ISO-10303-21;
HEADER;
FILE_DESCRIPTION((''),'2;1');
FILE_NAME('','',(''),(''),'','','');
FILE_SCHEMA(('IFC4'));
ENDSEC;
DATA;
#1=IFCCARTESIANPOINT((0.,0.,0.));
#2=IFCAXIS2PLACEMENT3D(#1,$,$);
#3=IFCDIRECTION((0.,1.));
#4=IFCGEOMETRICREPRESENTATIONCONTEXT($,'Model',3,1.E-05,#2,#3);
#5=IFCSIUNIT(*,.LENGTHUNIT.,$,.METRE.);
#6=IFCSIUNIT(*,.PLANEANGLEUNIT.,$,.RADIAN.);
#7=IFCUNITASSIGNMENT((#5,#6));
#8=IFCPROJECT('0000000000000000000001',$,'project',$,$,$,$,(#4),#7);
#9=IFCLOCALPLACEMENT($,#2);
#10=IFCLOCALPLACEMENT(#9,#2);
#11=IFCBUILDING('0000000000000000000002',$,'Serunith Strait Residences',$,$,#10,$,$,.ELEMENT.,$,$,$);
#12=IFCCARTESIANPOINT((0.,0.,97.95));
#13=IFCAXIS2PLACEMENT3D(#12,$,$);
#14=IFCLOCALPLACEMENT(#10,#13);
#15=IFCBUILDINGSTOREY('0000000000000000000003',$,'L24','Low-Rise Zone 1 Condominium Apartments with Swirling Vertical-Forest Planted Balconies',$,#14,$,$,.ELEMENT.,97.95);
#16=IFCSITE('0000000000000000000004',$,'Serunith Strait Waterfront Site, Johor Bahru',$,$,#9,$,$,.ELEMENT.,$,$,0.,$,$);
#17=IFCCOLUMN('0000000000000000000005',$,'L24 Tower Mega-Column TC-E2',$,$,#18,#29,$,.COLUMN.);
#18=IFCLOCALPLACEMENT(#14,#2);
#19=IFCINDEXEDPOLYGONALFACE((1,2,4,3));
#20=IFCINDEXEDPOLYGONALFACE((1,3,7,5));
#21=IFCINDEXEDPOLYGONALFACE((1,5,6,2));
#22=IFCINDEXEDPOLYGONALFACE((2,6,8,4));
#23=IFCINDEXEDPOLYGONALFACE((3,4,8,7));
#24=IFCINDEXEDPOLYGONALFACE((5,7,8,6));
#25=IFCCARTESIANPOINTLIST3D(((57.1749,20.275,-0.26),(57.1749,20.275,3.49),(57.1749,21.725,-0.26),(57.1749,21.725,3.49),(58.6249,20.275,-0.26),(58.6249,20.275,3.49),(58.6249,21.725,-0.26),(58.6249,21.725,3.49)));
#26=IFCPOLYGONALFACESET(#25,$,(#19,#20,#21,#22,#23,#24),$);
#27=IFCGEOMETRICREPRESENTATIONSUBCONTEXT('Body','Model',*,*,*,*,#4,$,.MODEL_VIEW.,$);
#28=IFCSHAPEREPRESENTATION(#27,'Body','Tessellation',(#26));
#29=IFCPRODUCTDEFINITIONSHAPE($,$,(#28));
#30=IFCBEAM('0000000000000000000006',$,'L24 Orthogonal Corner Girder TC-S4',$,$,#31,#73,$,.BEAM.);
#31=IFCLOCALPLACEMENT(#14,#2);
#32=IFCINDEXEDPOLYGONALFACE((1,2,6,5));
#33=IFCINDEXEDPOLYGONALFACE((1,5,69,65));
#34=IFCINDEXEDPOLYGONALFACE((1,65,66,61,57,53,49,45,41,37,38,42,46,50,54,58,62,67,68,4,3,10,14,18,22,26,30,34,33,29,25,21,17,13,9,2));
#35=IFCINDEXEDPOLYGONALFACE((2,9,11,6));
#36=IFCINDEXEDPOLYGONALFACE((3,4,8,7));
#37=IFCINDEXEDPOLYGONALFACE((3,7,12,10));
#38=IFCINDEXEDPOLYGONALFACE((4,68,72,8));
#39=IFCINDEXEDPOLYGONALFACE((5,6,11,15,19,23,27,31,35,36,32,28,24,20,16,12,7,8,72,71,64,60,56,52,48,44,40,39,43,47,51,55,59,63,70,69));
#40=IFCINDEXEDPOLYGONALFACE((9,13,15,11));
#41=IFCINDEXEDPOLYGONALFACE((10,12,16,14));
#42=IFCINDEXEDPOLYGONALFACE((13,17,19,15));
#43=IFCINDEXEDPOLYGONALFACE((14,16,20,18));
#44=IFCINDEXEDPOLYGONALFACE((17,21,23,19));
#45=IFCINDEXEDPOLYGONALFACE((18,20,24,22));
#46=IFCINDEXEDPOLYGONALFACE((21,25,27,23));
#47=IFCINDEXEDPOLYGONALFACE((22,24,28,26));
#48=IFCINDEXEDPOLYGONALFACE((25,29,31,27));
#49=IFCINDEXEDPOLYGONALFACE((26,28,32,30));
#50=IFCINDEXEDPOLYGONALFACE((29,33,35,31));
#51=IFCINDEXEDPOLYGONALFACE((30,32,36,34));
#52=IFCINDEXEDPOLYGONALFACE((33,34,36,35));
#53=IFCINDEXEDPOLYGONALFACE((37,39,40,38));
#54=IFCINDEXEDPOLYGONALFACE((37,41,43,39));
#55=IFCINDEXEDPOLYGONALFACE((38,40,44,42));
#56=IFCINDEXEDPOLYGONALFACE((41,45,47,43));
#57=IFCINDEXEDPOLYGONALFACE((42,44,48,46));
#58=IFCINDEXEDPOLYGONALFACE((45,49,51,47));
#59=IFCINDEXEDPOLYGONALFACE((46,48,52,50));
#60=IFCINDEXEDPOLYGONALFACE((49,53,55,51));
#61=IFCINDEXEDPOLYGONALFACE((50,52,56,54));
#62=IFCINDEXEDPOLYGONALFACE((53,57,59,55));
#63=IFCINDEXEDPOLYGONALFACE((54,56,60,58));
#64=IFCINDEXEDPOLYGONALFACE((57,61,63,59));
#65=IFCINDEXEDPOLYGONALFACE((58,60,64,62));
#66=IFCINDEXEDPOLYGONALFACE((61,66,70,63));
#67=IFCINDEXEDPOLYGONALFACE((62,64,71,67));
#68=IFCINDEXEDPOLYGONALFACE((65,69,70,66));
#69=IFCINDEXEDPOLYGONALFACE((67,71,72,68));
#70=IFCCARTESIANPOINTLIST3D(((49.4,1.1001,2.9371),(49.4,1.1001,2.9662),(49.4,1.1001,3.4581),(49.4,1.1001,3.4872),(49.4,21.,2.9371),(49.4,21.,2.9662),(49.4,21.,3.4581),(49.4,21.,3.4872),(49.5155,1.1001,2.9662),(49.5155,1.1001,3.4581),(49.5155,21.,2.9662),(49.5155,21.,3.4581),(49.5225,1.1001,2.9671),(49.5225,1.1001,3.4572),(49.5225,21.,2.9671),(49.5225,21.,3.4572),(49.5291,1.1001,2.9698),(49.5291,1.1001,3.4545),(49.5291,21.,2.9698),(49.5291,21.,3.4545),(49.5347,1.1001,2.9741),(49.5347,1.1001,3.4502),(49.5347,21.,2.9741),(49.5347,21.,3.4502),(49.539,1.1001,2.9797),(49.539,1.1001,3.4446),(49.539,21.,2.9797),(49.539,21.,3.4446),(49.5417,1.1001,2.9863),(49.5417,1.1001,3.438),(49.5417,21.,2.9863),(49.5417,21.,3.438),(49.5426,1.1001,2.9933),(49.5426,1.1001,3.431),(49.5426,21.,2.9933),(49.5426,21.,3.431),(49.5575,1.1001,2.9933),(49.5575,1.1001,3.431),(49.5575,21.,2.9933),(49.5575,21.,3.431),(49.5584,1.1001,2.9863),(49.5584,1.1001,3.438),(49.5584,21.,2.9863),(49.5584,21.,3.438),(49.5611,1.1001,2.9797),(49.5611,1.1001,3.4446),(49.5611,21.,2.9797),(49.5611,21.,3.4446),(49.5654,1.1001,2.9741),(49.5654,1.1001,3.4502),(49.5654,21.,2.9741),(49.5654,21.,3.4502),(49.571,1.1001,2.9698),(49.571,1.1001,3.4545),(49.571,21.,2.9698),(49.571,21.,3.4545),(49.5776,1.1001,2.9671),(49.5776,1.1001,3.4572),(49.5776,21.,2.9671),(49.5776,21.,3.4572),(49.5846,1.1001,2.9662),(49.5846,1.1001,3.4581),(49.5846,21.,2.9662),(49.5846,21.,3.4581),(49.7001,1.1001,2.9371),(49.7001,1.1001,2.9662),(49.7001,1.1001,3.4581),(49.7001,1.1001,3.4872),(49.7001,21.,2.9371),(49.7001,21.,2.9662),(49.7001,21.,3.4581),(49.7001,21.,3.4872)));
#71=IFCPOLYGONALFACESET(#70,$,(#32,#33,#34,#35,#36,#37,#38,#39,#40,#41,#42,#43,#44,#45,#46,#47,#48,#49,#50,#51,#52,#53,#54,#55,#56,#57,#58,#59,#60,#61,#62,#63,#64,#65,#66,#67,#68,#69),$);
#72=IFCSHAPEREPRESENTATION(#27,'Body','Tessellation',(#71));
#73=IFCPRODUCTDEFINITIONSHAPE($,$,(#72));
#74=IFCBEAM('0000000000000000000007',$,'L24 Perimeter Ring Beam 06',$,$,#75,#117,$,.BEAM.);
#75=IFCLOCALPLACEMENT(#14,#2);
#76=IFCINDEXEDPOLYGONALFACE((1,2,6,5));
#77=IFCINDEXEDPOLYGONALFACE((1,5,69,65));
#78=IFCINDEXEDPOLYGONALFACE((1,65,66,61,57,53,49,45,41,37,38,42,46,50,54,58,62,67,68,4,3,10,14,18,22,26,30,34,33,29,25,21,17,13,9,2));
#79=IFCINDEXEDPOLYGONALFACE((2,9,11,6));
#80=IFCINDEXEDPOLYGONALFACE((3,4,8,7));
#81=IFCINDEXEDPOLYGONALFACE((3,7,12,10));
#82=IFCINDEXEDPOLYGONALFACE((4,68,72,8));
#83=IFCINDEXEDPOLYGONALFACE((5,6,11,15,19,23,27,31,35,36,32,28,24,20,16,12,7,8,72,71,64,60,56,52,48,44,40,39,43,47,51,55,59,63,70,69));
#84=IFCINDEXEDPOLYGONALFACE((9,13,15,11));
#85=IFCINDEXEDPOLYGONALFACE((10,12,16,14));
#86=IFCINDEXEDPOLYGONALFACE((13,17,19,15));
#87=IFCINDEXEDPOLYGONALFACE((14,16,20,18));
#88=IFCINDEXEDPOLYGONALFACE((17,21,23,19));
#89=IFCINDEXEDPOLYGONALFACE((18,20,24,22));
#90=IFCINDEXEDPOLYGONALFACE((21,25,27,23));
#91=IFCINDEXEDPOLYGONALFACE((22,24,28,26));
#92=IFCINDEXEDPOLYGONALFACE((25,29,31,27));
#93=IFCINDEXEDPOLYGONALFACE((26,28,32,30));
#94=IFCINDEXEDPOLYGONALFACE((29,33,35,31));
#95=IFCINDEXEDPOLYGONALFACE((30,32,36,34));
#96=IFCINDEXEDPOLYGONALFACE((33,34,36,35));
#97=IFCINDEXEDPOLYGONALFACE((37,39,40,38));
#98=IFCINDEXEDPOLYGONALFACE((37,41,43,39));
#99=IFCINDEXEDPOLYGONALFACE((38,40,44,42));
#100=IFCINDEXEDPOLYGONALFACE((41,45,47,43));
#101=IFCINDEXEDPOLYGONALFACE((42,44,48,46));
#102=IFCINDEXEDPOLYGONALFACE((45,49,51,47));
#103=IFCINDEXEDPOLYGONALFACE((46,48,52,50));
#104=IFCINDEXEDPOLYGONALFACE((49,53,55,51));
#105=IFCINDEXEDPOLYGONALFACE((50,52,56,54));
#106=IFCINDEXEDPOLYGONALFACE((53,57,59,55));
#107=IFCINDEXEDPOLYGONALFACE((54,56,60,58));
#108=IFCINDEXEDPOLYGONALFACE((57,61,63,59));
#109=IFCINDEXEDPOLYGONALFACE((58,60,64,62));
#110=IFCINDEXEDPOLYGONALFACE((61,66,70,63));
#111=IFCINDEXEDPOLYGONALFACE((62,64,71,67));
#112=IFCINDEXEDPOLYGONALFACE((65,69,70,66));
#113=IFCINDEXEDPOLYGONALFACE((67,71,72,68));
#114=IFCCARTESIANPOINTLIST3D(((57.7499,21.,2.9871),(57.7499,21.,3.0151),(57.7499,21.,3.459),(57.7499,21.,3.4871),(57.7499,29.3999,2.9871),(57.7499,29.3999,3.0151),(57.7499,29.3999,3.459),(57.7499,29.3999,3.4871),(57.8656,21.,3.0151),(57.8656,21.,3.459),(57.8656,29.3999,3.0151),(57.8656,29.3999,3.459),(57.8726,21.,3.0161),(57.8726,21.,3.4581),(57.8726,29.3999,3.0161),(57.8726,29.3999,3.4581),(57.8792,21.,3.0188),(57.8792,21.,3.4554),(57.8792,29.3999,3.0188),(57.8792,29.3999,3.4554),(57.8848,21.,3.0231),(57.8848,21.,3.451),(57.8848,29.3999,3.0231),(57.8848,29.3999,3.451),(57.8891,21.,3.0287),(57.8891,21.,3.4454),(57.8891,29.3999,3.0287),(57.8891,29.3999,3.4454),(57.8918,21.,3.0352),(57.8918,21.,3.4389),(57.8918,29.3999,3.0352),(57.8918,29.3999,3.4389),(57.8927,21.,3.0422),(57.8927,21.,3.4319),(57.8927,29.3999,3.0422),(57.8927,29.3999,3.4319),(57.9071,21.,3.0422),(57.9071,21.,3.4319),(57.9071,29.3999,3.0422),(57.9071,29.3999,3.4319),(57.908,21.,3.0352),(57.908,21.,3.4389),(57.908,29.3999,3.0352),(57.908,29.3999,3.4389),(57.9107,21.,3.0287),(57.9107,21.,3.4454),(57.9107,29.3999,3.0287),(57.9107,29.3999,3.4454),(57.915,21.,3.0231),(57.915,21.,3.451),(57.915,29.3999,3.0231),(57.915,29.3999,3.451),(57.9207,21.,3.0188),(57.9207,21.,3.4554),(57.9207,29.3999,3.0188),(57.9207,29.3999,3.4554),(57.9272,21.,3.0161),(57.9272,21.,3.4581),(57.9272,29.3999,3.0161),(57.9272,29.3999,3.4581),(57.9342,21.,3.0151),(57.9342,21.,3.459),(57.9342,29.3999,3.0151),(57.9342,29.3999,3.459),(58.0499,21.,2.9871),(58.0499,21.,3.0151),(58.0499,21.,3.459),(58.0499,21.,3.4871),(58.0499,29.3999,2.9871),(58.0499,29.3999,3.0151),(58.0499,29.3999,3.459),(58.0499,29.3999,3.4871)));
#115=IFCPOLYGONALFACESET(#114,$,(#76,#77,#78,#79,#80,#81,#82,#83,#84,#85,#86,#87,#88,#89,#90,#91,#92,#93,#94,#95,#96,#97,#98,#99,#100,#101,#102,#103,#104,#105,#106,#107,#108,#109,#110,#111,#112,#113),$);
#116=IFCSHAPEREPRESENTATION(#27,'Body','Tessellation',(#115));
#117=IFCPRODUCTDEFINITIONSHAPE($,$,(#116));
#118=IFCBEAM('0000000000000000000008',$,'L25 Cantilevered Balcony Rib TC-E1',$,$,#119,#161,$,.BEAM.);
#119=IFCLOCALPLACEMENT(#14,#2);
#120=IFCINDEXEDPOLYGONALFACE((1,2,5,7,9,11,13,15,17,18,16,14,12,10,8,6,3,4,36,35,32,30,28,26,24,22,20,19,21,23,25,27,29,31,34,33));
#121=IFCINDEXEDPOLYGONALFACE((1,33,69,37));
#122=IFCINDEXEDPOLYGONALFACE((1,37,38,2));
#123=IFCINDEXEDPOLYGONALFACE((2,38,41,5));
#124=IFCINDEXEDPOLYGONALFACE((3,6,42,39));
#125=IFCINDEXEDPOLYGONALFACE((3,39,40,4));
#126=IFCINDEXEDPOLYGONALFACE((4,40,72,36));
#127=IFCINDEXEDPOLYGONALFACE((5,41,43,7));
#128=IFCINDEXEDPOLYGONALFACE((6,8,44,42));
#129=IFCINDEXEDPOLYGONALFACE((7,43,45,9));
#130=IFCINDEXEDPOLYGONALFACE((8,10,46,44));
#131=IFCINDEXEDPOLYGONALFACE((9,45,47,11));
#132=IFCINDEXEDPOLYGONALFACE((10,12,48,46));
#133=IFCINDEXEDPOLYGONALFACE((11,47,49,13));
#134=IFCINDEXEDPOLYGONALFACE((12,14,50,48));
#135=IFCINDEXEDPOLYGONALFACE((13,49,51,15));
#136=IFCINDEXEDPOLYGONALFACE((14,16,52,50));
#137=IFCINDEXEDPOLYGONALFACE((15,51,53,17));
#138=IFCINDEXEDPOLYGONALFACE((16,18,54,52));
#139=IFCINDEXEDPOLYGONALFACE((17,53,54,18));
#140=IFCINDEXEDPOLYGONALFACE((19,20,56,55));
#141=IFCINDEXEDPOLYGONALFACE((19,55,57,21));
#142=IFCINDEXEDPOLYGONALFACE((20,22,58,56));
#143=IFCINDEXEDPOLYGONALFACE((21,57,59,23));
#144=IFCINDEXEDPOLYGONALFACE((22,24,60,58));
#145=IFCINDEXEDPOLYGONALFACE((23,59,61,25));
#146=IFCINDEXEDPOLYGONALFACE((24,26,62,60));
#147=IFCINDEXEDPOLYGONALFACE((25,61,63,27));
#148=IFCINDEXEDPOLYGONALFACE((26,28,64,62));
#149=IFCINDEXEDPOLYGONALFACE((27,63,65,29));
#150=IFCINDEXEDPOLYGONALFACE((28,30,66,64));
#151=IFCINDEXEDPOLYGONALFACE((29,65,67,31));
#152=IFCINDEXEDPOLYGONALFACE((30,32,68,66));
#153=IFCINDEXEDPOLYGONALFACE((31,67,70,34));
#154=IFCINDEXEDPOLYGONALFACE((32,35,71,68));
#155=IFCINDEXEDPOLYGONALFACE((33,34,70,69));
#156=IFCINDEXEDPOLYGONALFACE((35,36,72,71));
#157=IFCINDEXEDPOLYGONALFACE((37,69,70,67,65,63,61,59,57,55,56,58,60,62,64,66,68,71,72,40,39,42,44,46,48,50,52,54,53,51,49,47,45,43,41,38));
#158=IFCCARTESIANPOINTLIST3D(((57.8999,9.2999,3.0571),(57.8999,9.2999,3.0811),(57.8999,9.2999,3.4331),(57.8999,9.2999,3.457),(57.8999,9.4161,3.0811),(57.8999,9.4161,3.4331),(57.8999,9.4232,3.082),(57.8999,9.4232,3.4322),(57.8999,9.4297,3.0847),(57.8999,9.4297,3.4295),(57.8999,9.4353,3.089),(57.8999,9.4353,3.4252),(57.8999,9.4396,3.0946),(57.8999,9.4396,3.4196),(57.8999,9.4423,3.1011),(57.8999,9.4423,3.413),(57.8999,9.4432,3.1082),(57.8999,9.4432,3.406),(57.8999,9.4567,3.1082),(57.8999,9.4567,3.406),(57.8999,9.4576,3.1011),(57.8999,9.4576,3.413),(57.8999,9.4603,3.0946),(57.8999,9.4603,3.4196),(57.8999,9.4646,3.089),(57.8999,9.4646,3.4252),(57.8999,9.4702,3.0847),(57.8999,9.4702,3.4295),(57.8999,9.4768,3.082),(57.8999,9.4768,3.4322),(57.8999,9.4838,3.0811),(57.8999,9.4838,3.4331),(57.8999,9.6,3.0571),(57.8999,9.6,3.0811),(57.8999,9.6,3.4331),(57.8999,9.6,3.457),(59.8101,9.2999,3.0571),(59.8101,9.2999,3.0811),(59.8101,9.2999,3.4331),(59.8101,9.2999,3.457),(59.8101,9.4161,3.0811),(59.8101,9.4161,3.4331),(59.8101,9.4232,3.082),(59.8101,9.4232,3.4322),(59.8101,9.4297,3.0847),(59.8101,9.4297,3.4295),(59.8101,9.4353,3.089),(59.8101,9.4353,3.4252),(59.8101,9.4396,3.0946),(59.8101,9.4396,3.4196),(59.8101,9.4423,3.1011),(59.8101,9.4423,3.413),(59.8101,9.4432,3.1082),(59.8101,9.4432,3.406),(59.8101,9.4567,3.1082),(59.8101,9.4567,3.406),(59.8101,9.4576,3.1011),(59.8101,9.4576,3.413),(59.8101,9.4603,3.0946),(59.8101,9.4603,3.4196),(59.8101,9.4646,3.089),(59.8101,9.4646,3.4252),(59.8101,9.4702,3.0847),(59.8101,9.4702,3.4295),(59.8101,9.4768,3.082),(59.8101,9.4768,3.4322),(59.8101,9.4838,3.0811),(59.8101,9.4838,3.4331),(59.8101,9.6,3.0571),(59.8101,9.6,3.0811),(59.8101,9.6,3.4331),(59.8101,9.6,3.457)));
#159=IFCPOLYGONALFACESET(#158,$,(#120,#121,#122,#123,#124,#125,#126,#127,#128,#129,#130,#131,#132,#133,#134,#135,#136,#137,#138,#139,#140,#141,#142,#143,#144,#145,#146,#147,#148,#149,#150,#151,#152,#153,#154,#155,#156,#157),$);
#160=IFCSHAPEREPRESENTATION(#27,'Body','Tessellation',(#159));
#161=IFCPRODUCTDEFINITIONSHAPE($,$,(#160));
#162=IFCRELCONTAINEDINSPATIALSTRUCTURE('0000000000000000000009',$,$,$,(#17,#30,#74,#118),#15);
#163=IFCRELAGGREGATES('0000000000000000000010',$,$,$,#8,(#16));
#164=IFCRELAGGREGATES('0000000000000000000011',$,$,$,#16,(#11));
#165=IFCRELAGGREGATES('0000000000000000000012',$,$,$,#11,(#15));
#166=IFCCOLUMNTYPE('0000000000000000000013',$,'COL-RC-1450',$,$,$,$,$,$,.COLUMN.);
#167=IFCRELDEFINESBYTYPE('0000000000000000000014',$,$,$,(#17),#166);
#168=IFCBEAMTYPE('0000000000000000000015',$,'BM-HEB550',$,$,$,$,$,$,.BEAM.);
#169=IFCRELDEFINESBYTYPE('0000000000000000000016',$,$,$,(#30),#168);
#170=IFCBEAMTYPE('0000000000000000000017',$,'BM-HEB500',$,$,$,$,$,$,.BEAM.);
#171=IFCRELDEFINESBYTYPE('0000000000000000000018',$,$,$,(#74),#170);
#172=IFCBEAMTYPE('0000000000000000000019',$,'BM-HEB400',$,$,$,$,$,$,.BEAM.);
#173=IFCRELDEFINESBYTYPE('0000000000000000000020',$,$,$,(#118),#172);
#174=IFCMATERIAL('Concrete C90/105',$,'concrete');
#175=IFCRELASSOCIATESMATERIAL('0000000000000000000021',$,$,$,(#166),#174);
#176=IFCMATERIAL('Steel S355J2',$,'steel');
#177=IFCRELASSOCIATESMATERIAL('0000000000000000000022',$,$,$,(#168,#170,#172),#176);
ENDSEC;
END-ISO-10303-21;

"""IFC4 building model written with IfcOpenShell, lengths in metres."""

from ifc_helpers import new_model, si_unit, direction, frame, origin, origin_2d, place, context, subcontext, project, spatial, rectangle, i_section, extrude, source, transform, mapped, material, material_profile, profile_set, type_object, element, save


model = new_model("IFC4")

# Units and contexts
model_context = context("Model", 3, precision=1e-05, world=origin(), true_north=direction((0.0, 1.0)))
body_context = subcontext(model_context, "Body", "Model", "MODEL_VIEW")
ifc_project = project(units=[si_unit("LENGTHUNIT", "METRE"), si_unit("PLANEANGLEUNIT", "RADIAN")], contexts=[model_context])

# Site, building, storey
site_placement = place(None, origin())
site = spatial("IfcSite", under=ifc_project, at=site_placement, Name="Serunith Strait Waterfront Site, Johor Bahru", CompositionType="ELEMENT", RefElevation=0.0)
building_placement = place(site_placement, origin())
building = spatial("IfcBuilding", under=site, at=building_placement, Name="Serunith Strait Residences", CompositionType="ELEMENT")
storey_placement = place(building_placement, frame((0.0, 0.0, 97.95)))
storey = spatial("IfcBuildingStorey", under=building, at=storey_placement, Name="L24", Description="Low-Rise Zone 1 Condominium Apartments with Swirling Vertical-Forest Planted Balconies", CompositionType="ELEMENT", Elevation=97.95)

# Column
ifc_material_1 = material(Name="Concrete C90/105", Category="concrete")
ifc_material_profile_1 = material_profile(ifc_material_1, rectangle(XDim=1.45, YDim=1.45, at=origin_2d()), Name="RC 1450x1450")
ifc_profile_set_1 = profile_set([ifc_material_profile_1], Name="Concrete C90/105")
column_type = type_object("IfcColumnType", Name="COL-RC-1450", PredefinedType="COLUMN", material=ifc_profile_set_1)
shared_shape_1 = source(origin(), body_context, "Body", "SweptSolid", [
    extrude(rectangle(XDim=1.45, YDim=1.45, at=origin_2d()), origin(), (0.0, 0.0, 1.0), 3.75),
])
column_placement = place(storey_placement, frame((57.8999, 21.0, -0.26), z_axis=(0.0, 0.0, 1.0), x_axis=(1.0, 0.0, 0.0)))
element("IfcColumn", 1, at=column_placement, inside=storey, type_object=column_type, Name="L24 Tower Mega-Column TC-E2", PredefinedType="COLUMN", context=body_context, shape_type="MappedRepresentation", body=[
    mapped(shared_shape_1, transform((0.0, 0.0, 0.0), scale=1.0)),
])

# Beams
ifc_material_2 = material(Name="Steel S355J2", Category="steel")
ifc_material_profile_2 = material_profile(ifc_material_2, i_section(OverallWidth=0.3, OverallDepth=0.55, WebThickness=0.0149, FlangeThickness=0.0291, FilletRadius=0.0271, at=origin_2d()), Name="HEB 550")
ifc_profile_set_2 = profile_set([ifc_material_profile_2], Name="Steel S355J2")
beam_type_1 = type_object("IfcBeamType", Name="BM-HEB550", PredefinedType="BEAM", material=ifc_profile_set_2)
shared_shape_2 = source(origin(), body_context, "Body", "SweptSolid", [
    extrude(i_section(OverallWidth=0.3, OverallDepth=0.55, WebThickness=0.0149, FlangeThickness=0.0291, FilletRadius=0.0271, at=origin_2d()), origin(), (0.0, 0.0, 1.0), 19.8999),
])
beam_1_placement = place(storey_placement, frame((49.55, 21.0, 3.2122), z_axis=(0.0, -1.0, 0.0), x_axis=(1.0, 0.0, 0.0)))
element("IfcBeam", 2, at=beam_1_placement, inside=storey, type_object=beam_type_1, Name="L24 Orthogonal Corner Girder TC-S4", PredefinedType="BEAM", context=body_context, shape_type="MappedRepresentation", body=[
    mapped(shared_shape_2, transform((0.0, 0.0, 0.0), scale=1.0)),
])
ifc_material_profile_3 = material_profile(ifc_material_2, i_section(OverallWidth=0.3, OverallDepth=0.5, WebThickness=0.0144, FlangeThickness=0.0281, FilletRadius=0.0271, at=origin_2d()), Name="HEB 500")
ifc_profile_set_3 = profile_set([ifc_material_profile_3], Name="Steel S355J2")
beam_type_2 = type_object("IfcBeamType", Name="BM-HEB500", PredefinedType="BEAM", material=ifc_profile_set_3)
shared_shape_3 = source(origin(), body_context, "Body", "SweptSolid", [
    extrude(i_section(OverallWidth=0.3, OverallDepth=0.5, WebThickness=0.0144, FlangeThickness=0.0281, FilletRadius=0.0271, at=origin_2d()), origin(), (0.0, 0.0, 1.0), 8.3999),
])
beam_2_placement = place(storey_placement, frame((57.8999, 21.0, 3.2371), z_axis=(0.0, 1.0, 0.0), x_axis=(-1.0, 0.0, 0.0)))
element("IfcBeam", 3, at=beam_2_placement, inside=storey, type_object=beam_type_2, Name="L24 Perimeter Ring Beam 06", PredefinedType="BEAM", context=body_context, shape_type="MappedRepresentation", body=[
    mapped(shared_shape_3, transform((0.0, 0.0, 0.0), scale=1.0)),
])
ifc_material_profile_4 = material_profile(ifc_material_2, i_section(OverallWidth=0.3, OverallDepth=0.3999, WebThickness=0.0134, FlangeThickness=0.0239, FilletRadius=0.0271, at=origin_2d()), Name="HEB 400")
ifc_profile_set_4 = profile_set([ifc_material_profile_4], Name="Steel S355J2")
beam_type_3 = type_object("IfcBeamType", Name="BM-HEB400", PredefinedType="BEAM", material=ifc_profile_set_4)
shared_shape_4 = source(origin(), body_context, "Body", "SweptSolid", [
    extrude(i_section(OverallWidth=0.3, OverallDepth=0.3999, WebThickness=0.0134, FlangeThickness=0.0239, FilletRadius=0.0271, at=origin_2d()), origin(), (0.0, 0.0, 1.0), 1.9102),
])
for number, where, z_axis, x_axis, name in (
    (4, (57.8999, 9.45, 3.2571), (1.0, 0.0, 0.0), (0.0, 1.0, 0.0), "L25 Cantilevered Balcony Rib TC-E1"),
):
    element("IfcBeam", number, at=place(storey_placement, frame(where, z_axis=z_axis, x_axis=x_axis)), inside=storey, type_object=beam_type_3, Name=name, PredefinedType="BEAM", context=body_context, shape_type="MappedRepresentation", body=[
        mapped(shared_shape_4, transform((0.0, 0.0, 0.0), scale=1.0)),
    ])

save(model, "model.ifc")
